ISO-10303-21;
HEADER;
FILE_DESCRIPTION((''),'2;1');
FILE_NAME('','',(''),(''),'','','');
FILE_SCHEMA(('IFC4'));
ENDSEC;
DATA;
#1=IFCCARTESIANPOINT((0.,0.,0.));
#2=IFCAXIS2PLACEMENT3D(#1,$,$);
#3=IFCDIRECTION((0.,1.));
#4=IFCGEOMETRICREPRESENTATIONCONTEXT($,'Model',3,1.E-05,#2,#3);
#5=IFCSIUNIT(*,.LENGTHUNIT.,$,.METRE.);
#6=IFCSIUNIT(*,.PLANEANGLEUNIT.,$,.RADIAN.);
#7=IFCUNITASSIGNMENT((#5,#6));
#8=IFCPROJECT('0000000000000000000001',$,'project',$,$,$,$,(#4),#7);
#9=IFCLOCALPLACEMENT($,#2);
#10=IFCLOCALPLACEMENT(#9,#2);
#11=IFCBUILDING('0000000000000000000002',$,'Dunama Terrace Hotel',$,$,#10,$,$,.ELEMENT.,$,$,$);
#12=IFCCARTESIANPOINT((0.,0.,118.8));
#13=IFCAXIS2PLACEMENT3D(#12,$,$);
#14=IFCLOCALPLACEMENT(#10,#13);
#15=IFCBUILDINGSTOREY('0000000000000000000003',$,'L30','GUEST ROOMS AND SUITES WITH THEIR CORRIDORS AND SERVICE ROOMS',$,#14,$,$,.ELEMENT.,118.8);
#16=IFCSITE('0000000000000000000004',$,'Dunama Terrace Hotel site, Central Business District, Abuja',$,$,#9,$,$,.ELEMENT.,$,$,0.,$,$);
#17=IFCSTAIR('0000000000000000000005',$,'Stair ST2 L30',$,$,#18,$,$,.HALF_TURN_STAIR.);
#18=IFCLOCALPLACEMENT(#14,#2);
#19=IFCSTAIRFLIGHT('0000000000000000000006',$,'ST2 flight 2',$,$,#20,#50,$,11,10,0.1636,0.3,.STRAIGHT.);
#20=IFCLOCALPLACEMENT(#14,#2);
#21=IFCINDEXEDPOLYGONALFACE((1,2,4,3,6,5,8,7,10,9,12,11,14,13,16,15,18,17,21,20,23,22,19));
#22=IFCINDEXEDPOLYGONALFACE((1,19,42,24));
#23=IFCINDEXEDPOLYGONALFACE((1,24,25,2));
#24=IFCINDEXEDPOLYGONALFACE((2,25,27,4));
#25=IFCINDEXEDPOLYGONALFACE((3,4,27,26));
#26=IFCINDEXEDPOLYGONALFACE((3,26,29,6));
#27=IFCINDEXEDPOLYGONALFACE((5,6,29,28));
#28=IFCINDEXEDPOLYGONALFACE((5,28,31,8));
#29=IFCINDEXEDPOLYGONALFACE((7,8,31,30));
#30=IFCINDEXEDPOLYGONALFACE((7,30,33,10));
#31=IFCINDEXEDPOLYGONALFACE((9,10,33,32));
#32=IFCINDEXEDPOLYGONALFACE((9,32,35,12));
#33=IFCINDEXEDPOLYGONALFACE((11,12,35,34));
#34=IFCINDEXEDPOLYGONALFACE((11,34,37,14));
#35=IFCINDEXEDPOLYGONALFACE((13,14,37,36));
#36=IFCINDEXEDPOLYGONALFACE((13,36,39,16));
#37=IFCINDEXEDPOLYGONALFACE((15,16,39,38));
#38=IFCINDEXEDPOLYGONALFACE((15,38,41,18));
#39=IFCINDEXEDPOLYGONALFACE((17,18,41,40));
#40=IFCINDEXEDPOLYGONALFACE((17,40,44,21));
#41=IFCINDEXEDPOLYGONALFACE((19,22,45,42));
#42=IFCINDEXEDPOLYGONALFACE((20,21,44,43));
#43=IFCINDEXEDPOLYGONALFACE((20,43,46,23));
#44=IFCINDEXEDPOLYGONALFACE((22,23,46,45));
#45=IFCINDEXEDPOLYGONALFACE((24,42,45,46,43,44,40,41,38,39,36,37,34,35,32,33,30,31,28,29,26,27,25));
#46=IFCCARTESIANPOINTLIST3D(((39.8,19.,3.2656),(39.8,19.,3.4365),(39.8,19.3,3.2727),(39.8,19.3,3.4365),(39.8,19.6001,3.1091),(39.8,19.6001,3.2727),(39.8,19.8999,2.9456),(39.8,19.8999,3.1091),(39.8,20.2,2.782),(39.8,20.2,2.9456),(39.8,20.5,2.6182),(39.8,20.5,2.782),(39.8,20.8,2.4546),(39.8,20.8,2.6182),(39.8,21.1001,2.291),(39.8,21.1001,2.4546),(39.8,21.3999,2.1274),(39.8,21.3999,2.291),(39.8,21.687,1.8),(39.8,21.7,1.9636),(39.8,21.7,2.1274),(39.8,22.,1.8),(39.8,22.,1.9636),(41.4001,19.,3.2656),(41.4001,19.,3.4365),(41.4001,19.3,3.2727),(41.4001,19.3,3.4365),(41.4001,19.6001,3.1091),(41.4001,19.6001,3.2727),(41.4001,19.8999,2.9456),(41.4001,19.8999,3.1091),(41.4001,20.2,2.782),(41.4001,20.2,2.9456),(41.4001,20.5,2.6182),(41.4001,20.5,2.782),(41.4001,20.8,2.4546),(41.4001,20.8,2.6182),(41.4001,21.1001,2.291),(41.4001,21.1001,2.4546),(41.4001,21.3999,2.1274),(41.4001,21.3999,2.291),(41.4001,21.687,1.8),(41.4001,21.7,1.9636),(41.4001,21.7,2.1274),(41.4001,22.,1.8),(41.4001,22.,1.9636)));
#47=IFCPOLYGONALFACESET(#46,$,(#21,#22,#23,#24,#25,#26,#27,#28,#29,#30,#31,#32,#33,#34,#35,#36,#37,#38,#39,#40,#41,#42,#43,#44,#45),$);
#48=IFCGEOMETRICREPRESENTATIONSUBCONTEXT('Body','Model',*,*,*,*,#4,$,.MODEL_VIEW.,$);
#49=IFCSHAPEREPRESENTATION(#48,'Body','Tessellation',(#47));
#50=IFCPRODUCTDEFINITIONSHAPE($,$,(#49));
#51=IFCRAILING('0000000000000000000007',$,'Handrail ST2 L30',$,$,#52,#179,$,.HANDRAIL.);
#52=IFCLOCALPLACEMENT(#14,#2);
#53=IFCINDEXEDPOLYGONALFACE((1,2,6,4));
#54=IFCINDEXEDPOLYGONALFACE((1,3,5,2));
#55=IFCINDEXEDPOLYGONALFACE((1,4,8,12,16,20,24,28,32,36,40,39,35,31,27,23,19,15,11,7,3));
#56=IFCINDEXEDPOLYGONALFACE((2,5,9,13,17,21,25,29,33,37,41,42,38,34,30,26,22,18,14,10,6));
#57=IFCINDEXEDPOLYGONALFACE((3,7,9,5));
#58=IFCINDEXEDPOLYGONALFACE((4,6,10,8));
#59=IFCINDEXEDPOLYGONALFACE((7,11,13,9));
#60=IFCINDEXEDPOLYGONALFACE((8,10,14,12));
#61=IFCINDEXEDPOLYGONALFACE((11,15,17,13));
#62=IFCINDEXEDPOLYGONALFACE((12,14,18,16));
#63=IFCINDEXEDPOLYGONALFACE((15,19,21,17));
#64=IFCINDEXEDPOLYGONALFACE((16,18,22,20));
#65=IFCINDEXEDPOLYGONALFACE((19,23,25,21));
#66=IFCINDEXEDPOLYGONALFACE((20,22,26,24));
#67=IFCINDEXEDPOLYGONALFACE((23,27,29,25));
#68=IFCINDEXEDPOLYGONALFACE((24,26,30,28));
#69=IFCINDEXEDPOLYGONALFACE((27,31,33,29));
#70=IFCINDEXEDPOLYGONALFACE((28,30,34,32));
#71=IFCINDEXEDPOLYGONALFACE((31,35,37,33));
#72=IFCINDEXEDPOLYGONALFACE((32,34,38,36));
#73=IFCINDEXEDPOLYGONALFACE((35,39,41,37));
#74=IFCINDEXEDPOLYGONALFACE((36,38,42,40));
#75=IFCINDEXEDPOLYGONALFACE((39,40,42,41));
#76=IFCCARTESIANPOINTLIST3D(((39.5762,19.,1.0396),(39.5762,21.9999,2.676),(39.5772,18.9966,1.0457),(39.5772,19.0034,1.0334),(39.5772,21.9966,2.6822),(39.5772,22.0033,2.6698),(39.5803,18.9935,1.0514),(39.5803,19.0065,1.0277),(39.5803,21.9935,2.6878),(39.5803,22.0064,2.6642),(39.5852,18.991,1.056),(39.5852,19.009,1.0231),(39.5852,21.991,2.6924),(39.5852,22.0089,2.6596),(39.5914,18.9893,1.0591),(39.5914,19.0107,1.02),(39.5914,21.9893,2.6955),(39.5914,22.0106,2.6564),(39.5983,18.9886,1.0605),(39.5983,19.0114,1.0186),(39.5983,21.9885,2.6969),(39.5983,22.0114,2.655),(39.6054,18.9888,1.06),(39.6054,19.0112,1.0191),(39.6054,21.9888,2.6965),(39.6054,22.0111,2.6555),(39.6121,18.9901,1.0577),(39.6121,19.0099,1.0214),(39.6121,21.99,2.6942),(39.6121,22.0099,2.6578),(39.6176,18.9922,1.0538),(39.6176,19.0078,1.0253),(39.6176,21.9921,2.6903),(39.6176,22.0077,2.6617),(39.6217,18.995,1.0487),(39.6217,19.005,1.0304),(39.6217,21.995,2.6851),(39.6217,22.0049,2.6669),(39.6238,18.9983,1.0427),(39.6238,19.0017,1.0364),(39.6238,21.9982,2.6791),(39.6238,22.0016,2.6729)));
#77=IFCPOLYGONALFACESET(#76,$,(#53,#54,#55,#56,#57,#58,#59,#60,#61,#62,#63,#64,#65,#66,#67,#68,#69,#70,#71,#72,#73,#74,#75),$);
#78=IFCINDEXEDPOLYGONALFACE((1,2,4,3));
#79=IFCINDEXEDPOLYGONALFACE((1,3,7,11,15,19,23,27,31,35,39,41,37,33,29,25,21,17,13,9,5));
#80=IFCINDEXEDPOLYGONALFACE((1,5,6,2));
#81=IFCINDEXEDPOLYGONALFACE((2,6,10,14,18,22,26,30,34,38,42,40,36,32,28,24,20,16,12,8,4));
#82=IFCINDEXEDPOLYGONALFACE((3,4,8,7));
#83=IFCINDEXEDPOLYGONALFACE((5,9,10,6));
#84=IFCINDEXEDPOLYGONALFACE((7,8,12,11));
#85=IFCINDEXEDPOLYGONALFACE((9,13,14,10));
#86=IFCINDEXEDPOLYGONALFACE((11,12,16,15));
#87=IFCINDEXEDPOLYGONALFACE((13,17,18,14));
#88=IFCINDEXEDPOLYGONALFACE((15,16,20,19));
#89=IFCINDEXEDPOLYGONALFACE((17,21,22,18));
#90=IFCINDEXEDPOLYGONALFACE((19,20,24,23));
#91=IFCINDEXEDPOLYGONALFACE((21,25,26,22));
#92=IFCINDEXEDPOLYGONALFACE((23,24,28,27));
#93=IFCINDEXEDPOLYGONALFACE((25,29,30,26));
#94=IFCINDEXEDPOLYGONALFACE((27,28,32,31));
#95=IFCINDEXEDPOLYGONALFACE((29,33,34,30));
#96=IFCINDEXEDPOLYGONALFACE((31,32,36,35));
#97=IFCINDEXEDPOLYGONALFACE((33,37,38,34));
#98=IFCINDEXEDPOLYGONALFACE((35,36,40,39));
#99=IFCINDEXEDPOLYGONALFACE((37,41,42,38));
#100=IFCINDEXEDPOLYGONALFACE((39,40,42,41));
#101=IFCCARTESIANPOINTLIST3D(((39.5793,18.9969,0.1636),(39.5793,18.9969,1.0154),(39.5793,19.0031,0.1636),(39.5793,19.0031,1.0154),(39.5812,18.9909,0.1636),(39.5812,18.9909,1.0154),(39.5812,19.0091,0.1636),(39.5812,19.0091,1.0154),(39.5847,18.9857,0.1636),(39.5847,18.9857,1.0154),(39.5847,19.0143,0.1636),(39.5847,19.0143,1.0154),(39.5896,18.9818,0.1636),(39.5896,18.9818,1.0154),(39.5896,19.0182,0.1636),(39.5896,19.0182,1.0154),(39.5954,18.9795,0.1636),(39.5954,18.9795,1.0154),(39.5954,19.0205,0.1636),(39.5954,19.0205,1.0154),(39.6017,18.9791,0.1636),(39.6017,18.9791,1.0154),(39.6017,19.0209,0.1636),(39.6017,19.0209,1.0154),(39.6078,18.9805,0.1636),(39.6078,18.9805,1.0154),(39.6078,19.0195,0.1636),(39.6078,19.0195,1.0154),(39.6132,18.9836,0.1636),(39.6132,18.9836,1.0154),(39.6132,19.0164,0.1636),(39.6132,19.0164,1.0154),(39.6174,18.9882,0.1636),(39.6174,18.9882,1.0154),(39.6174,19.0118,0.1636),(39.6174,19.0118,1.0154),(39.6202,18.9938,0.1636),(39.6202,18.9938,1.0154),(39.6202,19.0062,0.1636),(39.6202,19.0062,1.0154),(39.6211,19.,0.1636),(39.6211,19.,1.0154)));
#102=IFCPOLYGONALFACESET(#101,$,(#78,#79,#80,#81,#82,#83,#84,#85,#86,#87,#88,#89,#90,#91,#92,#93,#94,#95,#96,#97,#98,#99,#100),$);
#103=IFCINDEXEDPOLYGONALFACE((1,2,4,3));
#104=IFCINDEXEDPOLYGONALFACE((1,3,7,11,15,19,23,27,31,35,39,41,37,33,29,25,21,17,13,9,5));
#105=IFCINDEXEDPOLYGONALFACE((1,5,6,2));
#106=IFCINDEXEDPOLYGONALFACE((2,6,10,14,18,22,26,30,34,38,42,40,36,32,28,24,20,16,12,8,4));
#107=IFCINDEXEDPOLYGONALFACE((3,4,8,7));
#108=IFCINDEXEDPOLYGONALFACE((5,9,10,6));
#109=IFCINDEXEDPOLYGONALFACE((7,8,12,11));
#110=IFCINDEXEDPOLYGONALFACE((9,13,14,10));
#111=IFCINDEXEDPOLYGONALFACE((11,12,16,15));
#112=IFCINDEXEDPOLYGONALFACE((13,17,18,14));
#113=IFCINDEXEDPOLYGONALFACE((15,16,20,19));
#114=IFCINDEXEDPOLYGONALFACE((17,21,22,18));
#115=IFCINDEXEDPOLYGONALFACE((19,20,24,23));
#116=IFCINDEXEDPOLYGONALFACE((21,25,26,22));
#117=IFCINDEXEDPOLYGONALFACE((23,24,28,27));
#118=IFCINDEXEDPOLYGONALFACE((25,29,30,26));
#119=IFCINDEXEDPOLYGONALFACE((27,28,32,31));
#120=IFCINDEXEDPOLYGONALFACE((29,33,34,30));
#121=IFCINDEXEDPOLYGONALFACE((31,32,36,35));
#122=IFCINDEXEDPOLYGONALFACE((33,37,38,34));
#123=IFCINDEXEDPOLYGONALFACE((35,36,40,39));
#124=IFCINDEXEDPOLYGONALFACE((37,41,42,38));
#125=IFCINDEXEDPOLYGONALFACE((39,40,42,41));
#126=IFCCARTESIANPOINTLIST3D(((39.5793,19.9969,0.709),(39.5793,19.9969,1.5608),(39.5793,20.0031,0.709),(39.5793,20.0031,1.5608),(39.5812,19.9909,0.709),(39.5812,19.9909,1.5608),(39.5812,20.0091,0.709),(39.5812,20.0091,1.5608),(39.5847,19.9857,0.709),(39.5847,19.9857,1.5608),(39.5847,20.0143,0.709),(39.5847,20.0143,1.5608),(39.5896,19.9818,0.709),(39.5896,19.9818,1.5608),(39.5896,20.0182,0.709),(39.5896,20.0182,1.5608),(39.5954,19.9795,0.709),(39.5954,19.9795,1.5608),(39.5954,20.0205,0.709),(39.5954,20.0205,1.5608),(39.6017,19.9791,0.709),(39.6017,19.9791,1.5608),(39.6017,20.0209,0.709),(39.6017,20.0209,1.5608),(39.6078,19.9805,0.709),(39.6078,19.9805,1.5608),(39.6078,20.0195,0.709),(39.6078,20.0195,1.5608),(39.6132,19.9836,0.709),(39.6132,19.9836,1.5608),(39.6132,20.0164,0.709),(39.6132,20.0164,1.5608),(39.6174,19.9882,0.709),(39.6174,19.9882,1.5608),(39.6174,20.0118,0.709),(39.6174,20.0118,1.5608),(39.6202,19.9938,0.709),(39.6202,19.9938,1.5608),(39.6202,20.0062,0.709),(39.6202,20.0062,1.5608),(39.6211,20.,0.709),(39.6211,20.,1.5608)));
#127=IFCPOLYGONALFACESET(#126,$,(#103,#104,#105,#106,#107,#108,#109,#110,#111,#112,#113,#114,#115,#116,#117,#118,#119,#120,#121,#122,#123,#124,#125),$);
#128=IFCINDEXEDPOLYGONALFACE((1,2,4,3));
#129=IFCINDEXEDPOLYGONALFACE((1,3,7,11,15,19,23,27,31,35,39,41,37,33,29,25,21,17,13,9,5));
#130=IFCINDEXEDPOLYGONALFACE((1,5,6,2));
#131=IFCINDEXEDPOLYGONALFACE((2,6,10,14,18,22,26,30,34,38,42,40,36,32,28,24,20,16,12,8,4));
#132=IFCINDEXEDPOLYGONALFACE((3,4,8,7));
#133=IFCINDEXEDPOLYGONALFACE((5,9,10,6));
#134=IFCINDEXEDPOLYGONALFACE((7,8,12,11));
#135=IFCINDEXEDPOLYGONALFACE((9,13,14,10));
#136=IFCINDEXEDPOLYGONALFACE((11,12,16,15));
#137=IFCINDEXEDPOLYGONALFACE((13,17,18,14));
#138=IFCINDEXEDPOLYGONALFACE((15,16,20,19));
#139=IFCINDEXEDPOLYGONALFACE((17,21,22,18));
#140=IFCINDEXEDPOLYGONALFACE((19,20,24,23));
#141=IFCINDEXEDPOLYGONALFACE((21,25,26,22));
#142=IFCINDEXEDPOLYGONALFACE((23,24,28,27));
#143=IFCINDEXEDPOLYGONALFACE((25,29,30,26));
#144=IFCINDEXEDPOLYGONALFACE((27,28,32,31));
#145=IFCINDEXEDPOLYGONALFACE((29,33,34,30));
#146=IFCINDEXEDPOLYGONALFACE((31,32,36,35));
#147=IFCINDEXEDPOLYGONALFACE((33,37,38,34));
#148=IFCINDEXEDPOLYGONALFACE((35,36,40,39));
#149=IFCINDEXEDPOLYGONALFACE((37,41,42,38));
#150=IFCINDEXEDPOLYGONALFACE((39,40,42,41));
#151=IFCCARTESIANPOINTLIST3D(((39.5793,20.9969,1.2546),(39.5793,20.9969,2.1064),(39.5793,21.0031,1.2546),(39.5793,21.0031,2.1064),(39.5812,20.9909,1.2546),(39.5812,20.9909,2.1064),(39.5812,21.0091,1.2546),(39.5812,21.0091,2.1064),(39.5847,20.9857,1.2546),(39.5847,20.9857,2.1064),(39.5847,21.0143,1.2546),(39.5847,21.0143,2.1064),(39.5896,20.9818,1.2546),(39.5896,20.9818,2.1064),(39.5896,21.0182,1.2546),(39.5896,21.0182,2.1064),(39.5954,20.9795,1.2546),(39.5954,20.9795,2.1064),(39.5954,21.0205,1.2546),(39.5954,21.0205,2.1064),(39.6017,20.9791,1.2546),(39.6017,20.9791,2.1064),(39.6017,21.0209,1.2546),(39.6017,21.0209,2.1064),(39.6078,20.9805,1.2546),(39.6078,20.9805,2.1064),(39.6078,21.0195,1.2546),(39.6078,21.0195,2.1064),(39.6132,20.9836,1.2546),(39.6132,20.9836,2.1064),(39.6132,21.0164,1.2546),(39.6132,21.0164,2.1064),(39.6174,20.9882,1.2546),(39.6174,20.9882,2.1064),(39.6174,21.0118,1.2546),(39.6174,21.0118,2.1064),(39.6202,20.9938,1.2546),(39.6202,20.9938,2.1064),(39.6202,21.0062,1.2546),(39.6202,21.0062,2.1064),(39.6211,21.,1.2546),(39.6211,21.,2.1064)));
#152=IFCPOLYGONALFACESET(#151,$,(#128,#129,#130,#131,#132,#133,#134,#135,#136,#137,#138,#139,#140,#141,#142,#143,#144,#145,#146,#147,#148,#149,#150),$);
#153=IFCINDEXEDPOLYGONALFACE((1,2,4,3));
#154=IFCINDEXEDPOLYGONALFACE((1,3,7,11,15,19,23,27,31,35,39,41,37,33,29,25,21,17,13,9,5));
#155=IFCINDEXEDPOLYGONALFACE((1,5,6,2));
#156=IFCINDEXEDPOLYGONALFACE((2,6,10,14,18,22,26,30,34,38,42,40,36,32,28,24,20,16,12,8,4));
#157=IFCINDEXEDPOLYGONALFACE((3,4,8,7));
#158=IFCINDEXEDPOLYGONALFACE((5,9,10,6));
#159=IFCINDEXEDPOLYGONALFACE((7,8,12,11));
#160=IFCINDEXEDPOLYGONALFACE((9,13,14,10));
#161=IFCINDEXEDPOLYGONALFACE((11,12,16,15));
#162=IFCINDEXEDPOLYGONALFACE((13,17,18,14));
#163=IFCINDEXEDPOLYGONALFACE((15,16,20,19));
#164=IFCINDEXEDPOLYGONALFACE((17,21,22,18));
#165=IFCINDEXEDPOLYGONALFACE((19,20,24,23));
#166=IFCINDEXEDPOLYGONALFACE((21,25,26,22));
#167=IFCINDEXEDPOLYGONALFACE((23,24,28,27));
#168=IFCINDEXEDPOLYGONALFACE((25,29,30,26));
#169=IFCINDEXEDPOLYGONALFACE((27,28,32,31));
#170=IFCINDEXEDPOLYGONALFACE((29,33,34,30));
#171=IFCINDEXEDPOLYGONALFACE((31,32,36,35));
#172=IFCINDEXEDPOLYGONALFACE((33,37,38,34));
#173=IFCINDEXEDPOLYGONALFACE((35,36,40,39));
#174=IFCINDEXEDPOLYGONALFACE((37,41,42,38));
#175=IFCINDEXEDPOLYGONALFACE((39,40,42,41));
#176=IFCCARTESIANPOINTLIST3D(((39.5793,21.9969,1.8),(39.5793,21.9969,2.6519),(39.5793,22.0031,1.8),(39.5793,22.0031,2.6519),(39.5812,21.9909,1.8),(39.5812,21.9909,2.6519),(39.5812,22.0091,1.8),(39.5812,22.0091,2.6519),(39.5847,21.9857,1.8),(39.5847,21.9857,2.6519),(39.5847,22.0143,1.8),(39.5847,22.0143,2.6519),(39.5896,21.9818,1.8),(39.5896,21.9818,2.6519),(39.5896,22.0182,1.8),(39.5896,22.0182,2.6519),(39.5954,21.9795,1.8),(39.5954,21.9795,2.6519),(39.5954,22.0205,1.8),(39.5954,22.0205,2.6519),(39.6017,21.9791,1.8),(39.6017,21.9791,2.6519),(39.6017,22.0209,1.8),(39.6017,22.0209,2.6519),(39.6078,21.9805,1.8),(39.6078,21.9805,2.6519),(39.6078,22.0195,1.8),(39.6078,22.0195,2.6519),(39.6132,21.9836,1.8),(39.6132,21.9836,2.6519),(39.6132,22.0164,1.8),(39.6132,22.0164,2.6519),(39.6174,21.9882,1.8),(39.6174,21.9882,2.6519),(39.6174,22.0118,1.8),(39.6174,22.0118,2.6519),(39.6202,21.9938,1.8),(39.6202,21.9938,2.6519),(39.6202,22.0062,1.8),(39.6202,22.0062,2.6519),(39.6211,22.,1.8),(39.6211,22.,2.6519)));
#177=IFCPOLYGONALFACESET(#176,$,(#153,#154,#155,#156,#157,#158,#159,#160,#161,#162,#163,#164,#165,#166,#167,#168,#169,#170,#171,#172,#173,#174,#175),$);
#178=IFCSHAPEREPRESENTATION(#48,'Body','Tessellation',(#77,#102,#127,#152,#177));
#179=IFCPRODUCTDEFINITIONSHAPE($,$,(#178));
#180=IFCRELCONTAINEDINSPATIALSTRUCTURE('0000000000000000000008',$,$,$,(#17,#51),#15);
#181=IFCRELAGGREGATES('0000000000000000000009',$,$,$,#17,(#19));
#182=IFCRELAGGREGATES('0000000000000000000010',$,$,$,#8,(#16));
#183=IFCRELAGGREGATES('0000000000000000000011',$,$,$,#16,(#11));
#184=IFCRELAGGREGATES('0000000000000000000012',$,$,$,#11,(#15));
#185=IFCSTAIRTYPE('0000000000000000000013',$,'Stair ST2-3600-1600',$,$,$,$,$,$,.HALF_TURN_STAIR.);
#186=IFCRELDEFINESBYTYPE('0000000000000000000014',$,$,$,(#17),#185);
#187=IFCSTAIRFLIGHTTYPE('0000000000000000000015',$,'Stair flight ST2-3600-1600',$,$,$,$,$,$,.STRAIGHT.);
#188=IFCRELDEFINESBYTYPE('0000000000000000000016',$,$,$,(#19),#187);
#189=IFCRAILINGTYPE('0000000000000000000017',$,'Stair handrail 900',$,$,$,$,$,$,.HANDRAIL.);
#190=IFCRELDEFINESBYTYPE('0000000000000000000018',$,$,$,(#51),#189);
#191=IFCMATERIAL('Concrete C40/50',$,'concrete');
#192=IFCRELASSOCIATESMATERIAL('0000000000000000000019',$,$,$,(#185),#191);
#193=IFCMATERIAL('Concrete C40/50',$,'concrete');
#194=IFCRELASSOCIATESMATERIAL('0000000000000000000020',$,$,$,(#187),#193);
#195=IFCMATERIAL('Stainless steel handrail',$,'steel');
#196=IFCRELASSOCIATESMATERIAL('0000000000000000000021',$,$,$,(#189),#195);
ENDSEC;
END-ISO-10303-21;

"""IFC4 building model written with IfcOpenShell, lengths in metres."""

from ifc_helpers import new_model, si_unit, direction, frame, origin, origin_2d, place, context, subcontext, project, spatial, polyline, circle, outline, extrude, material, type_object, element, aggregate, save


model = new_model("IFC4")

# Units and contexts
model_context = context("Model", 3, precision=1e-05, world=origin(), true_north=direction((0.0, 1.0)))
body_context = subcontext(model_context, "Body", "Model", "MODEL_VIEW")
ifc_project = project(units=[si_unit("LENGTHUNIT", "METRE"), si_unit("PLANEANGLEUNIT", "RADIAN")], contexts=[model_context])

# Site, building, storey
site_placement = place(None, origin())
site = spatial("IfcSite", under=ifc_project, at=site_placement, Name="Dunama Terrace Hotel site, Central Business District, Abuja", CompositionType="ELEMENT", RefElevation=0.0)
building_placement = place(site_placement, origin())
building = spatial("IfcBuilding", under=site, at=building_placement, Name="Dunama Terrace Hotel", CompositionType="ELEMENT")
storey_placement = place(building_placement, frame((0.0, 0.0, 118.8)))
storey = spatial("IfcBuildingStorey", under=building, at=storey_placement, Name="L30", Description="GUEST ROOMS AND SUITES WITH THEIR CORRIDORS AND SERVICE ROOMS", CompositionType="ELEMENT", Elevation=118.8)

# Stair, stair flight
ifc_material_1 = material(Name="Concrete C40/50", Category="concrete")
stair_type = type_object("IfcStairType", Name="Stair ST2-3600-1600", PredefinedType="HALF_TURN_STAIR", material=ifc_material_1)
stair_placement = place(storey_placement, origin())
stair = element("IfcStair", 1, at=stair_placement, inside=storey, type_object=stair_type, Name="Stair ST2 L30", PredefinedType="HALF_TURN_STAIR")
ifc_material_2 = material(Name="Concrete C40/50", Category="concrete")
stair_flight_type = type_object("IfcStairFlightType", Name="Stair flight ST2-3600-1600", PredefinedType="STRAIGHT", material=ifc_material_2)
stair_flight_1_placement = place(storey_placement, frame((40.6001, 22.0, 1.8), z_axis=(0.0, 0.0, 1.0), x_axis=(0.0, -1.0, 0.0)))
stair_flight_1 = element("IfcStairFlight", 2, at=stair_flight_1_placement, type_object=stair_flight_type, Name="ST2 flight 2", NumberOfRisers=11, NumberOfTreads=10, PredefinedType="STRAIGHT", RiserHeight=0.1636, TreadLength=0.3, context=body_context, shape_type="SweptSolid", body=[
    extrude(outline(polyline([(0.0, 0.0), (0.0, 0.1636), (0.3, 0.1636), (0.3, 0.3274), (0.6001, 0.3274), (0.6001, 0.491), (0.8999, 0.491), (0.8999, 0.6545), (1.2, 0.6545), (1.2, 0.8181), (1.5, 0.8181), (1.5, 0.9819), (1.8, 0.9819), (1.8, 1.1455), (2.1001, 1.1455), (2.1001, 1.3091), (2.3999, 1.3091), (2.3999, 1.4727), (2.7, 1.4727), (2.7, 1.6365), (3.0, 1.6365), (3.0, 1.8), (3.0, 1.4656), (0.313, 0.0), (0.0, 0.0)])), frame((0.0, 0.8, 0.0), z_axis=(0.0, -1.0, 0.0), x_axis=(1.0, 0.0, 0.0)), (0.0, 0.0, 1.0), 1.6001),
])
aggregate(stair, [stair_flight_1])

# Railing
ifc_material_3 = material(Name="Stainless steel handrail", Category="steel")
railing_type = type_object("IfcRailingType", Name="Stair handrail 900", PredefinedType="HANDRAIL", material=ifc_material_3)
railing_1_placement = place(storey_placement, frame((39.6001, 19.0, 0.1636)))
element("IfcRailing", 3, at=railing_1_placement, inside=storey, type_object=railing_type, Name="Handrail ST2 L30", PredefinedType="HANDRAIL", context=body_context, shape_type="SweptSolid", body=[
    extrude(circle(Radius=0.0239, at=origin_2d()), frame((0.0, 0.0, 0.876), z_axis=(0.0, 0.877882, 0.478877), x_axis=(-1.0, 0.0, 0.0)), (0.0, 0.0, 1.0), 3.4172),
    extrude(circle(Radius=0.021, at=origin_2d()), origin(), (0.0, 0.0, 1.0), 0.8518),
    extrude(circle(Radius=0.021, at=origin_2d()), frame((0.0, 1.0, 0.5454)), (0.0, 0.0, 1.0), 0.8518),
    extrude(circle(Radius=0.021, at=origin_2d()), frame((0.0, 2.0, 1.0911)), (0.0, 0.0, 1.0), 0.8518),
    extrude(circle(Radius=0.021, at=origin_2d()), frame((0.0, 3.0, 1.6365)), (0.0, 0.0, 1.0), 0.8518),
])

save(model, "model.ifc")
